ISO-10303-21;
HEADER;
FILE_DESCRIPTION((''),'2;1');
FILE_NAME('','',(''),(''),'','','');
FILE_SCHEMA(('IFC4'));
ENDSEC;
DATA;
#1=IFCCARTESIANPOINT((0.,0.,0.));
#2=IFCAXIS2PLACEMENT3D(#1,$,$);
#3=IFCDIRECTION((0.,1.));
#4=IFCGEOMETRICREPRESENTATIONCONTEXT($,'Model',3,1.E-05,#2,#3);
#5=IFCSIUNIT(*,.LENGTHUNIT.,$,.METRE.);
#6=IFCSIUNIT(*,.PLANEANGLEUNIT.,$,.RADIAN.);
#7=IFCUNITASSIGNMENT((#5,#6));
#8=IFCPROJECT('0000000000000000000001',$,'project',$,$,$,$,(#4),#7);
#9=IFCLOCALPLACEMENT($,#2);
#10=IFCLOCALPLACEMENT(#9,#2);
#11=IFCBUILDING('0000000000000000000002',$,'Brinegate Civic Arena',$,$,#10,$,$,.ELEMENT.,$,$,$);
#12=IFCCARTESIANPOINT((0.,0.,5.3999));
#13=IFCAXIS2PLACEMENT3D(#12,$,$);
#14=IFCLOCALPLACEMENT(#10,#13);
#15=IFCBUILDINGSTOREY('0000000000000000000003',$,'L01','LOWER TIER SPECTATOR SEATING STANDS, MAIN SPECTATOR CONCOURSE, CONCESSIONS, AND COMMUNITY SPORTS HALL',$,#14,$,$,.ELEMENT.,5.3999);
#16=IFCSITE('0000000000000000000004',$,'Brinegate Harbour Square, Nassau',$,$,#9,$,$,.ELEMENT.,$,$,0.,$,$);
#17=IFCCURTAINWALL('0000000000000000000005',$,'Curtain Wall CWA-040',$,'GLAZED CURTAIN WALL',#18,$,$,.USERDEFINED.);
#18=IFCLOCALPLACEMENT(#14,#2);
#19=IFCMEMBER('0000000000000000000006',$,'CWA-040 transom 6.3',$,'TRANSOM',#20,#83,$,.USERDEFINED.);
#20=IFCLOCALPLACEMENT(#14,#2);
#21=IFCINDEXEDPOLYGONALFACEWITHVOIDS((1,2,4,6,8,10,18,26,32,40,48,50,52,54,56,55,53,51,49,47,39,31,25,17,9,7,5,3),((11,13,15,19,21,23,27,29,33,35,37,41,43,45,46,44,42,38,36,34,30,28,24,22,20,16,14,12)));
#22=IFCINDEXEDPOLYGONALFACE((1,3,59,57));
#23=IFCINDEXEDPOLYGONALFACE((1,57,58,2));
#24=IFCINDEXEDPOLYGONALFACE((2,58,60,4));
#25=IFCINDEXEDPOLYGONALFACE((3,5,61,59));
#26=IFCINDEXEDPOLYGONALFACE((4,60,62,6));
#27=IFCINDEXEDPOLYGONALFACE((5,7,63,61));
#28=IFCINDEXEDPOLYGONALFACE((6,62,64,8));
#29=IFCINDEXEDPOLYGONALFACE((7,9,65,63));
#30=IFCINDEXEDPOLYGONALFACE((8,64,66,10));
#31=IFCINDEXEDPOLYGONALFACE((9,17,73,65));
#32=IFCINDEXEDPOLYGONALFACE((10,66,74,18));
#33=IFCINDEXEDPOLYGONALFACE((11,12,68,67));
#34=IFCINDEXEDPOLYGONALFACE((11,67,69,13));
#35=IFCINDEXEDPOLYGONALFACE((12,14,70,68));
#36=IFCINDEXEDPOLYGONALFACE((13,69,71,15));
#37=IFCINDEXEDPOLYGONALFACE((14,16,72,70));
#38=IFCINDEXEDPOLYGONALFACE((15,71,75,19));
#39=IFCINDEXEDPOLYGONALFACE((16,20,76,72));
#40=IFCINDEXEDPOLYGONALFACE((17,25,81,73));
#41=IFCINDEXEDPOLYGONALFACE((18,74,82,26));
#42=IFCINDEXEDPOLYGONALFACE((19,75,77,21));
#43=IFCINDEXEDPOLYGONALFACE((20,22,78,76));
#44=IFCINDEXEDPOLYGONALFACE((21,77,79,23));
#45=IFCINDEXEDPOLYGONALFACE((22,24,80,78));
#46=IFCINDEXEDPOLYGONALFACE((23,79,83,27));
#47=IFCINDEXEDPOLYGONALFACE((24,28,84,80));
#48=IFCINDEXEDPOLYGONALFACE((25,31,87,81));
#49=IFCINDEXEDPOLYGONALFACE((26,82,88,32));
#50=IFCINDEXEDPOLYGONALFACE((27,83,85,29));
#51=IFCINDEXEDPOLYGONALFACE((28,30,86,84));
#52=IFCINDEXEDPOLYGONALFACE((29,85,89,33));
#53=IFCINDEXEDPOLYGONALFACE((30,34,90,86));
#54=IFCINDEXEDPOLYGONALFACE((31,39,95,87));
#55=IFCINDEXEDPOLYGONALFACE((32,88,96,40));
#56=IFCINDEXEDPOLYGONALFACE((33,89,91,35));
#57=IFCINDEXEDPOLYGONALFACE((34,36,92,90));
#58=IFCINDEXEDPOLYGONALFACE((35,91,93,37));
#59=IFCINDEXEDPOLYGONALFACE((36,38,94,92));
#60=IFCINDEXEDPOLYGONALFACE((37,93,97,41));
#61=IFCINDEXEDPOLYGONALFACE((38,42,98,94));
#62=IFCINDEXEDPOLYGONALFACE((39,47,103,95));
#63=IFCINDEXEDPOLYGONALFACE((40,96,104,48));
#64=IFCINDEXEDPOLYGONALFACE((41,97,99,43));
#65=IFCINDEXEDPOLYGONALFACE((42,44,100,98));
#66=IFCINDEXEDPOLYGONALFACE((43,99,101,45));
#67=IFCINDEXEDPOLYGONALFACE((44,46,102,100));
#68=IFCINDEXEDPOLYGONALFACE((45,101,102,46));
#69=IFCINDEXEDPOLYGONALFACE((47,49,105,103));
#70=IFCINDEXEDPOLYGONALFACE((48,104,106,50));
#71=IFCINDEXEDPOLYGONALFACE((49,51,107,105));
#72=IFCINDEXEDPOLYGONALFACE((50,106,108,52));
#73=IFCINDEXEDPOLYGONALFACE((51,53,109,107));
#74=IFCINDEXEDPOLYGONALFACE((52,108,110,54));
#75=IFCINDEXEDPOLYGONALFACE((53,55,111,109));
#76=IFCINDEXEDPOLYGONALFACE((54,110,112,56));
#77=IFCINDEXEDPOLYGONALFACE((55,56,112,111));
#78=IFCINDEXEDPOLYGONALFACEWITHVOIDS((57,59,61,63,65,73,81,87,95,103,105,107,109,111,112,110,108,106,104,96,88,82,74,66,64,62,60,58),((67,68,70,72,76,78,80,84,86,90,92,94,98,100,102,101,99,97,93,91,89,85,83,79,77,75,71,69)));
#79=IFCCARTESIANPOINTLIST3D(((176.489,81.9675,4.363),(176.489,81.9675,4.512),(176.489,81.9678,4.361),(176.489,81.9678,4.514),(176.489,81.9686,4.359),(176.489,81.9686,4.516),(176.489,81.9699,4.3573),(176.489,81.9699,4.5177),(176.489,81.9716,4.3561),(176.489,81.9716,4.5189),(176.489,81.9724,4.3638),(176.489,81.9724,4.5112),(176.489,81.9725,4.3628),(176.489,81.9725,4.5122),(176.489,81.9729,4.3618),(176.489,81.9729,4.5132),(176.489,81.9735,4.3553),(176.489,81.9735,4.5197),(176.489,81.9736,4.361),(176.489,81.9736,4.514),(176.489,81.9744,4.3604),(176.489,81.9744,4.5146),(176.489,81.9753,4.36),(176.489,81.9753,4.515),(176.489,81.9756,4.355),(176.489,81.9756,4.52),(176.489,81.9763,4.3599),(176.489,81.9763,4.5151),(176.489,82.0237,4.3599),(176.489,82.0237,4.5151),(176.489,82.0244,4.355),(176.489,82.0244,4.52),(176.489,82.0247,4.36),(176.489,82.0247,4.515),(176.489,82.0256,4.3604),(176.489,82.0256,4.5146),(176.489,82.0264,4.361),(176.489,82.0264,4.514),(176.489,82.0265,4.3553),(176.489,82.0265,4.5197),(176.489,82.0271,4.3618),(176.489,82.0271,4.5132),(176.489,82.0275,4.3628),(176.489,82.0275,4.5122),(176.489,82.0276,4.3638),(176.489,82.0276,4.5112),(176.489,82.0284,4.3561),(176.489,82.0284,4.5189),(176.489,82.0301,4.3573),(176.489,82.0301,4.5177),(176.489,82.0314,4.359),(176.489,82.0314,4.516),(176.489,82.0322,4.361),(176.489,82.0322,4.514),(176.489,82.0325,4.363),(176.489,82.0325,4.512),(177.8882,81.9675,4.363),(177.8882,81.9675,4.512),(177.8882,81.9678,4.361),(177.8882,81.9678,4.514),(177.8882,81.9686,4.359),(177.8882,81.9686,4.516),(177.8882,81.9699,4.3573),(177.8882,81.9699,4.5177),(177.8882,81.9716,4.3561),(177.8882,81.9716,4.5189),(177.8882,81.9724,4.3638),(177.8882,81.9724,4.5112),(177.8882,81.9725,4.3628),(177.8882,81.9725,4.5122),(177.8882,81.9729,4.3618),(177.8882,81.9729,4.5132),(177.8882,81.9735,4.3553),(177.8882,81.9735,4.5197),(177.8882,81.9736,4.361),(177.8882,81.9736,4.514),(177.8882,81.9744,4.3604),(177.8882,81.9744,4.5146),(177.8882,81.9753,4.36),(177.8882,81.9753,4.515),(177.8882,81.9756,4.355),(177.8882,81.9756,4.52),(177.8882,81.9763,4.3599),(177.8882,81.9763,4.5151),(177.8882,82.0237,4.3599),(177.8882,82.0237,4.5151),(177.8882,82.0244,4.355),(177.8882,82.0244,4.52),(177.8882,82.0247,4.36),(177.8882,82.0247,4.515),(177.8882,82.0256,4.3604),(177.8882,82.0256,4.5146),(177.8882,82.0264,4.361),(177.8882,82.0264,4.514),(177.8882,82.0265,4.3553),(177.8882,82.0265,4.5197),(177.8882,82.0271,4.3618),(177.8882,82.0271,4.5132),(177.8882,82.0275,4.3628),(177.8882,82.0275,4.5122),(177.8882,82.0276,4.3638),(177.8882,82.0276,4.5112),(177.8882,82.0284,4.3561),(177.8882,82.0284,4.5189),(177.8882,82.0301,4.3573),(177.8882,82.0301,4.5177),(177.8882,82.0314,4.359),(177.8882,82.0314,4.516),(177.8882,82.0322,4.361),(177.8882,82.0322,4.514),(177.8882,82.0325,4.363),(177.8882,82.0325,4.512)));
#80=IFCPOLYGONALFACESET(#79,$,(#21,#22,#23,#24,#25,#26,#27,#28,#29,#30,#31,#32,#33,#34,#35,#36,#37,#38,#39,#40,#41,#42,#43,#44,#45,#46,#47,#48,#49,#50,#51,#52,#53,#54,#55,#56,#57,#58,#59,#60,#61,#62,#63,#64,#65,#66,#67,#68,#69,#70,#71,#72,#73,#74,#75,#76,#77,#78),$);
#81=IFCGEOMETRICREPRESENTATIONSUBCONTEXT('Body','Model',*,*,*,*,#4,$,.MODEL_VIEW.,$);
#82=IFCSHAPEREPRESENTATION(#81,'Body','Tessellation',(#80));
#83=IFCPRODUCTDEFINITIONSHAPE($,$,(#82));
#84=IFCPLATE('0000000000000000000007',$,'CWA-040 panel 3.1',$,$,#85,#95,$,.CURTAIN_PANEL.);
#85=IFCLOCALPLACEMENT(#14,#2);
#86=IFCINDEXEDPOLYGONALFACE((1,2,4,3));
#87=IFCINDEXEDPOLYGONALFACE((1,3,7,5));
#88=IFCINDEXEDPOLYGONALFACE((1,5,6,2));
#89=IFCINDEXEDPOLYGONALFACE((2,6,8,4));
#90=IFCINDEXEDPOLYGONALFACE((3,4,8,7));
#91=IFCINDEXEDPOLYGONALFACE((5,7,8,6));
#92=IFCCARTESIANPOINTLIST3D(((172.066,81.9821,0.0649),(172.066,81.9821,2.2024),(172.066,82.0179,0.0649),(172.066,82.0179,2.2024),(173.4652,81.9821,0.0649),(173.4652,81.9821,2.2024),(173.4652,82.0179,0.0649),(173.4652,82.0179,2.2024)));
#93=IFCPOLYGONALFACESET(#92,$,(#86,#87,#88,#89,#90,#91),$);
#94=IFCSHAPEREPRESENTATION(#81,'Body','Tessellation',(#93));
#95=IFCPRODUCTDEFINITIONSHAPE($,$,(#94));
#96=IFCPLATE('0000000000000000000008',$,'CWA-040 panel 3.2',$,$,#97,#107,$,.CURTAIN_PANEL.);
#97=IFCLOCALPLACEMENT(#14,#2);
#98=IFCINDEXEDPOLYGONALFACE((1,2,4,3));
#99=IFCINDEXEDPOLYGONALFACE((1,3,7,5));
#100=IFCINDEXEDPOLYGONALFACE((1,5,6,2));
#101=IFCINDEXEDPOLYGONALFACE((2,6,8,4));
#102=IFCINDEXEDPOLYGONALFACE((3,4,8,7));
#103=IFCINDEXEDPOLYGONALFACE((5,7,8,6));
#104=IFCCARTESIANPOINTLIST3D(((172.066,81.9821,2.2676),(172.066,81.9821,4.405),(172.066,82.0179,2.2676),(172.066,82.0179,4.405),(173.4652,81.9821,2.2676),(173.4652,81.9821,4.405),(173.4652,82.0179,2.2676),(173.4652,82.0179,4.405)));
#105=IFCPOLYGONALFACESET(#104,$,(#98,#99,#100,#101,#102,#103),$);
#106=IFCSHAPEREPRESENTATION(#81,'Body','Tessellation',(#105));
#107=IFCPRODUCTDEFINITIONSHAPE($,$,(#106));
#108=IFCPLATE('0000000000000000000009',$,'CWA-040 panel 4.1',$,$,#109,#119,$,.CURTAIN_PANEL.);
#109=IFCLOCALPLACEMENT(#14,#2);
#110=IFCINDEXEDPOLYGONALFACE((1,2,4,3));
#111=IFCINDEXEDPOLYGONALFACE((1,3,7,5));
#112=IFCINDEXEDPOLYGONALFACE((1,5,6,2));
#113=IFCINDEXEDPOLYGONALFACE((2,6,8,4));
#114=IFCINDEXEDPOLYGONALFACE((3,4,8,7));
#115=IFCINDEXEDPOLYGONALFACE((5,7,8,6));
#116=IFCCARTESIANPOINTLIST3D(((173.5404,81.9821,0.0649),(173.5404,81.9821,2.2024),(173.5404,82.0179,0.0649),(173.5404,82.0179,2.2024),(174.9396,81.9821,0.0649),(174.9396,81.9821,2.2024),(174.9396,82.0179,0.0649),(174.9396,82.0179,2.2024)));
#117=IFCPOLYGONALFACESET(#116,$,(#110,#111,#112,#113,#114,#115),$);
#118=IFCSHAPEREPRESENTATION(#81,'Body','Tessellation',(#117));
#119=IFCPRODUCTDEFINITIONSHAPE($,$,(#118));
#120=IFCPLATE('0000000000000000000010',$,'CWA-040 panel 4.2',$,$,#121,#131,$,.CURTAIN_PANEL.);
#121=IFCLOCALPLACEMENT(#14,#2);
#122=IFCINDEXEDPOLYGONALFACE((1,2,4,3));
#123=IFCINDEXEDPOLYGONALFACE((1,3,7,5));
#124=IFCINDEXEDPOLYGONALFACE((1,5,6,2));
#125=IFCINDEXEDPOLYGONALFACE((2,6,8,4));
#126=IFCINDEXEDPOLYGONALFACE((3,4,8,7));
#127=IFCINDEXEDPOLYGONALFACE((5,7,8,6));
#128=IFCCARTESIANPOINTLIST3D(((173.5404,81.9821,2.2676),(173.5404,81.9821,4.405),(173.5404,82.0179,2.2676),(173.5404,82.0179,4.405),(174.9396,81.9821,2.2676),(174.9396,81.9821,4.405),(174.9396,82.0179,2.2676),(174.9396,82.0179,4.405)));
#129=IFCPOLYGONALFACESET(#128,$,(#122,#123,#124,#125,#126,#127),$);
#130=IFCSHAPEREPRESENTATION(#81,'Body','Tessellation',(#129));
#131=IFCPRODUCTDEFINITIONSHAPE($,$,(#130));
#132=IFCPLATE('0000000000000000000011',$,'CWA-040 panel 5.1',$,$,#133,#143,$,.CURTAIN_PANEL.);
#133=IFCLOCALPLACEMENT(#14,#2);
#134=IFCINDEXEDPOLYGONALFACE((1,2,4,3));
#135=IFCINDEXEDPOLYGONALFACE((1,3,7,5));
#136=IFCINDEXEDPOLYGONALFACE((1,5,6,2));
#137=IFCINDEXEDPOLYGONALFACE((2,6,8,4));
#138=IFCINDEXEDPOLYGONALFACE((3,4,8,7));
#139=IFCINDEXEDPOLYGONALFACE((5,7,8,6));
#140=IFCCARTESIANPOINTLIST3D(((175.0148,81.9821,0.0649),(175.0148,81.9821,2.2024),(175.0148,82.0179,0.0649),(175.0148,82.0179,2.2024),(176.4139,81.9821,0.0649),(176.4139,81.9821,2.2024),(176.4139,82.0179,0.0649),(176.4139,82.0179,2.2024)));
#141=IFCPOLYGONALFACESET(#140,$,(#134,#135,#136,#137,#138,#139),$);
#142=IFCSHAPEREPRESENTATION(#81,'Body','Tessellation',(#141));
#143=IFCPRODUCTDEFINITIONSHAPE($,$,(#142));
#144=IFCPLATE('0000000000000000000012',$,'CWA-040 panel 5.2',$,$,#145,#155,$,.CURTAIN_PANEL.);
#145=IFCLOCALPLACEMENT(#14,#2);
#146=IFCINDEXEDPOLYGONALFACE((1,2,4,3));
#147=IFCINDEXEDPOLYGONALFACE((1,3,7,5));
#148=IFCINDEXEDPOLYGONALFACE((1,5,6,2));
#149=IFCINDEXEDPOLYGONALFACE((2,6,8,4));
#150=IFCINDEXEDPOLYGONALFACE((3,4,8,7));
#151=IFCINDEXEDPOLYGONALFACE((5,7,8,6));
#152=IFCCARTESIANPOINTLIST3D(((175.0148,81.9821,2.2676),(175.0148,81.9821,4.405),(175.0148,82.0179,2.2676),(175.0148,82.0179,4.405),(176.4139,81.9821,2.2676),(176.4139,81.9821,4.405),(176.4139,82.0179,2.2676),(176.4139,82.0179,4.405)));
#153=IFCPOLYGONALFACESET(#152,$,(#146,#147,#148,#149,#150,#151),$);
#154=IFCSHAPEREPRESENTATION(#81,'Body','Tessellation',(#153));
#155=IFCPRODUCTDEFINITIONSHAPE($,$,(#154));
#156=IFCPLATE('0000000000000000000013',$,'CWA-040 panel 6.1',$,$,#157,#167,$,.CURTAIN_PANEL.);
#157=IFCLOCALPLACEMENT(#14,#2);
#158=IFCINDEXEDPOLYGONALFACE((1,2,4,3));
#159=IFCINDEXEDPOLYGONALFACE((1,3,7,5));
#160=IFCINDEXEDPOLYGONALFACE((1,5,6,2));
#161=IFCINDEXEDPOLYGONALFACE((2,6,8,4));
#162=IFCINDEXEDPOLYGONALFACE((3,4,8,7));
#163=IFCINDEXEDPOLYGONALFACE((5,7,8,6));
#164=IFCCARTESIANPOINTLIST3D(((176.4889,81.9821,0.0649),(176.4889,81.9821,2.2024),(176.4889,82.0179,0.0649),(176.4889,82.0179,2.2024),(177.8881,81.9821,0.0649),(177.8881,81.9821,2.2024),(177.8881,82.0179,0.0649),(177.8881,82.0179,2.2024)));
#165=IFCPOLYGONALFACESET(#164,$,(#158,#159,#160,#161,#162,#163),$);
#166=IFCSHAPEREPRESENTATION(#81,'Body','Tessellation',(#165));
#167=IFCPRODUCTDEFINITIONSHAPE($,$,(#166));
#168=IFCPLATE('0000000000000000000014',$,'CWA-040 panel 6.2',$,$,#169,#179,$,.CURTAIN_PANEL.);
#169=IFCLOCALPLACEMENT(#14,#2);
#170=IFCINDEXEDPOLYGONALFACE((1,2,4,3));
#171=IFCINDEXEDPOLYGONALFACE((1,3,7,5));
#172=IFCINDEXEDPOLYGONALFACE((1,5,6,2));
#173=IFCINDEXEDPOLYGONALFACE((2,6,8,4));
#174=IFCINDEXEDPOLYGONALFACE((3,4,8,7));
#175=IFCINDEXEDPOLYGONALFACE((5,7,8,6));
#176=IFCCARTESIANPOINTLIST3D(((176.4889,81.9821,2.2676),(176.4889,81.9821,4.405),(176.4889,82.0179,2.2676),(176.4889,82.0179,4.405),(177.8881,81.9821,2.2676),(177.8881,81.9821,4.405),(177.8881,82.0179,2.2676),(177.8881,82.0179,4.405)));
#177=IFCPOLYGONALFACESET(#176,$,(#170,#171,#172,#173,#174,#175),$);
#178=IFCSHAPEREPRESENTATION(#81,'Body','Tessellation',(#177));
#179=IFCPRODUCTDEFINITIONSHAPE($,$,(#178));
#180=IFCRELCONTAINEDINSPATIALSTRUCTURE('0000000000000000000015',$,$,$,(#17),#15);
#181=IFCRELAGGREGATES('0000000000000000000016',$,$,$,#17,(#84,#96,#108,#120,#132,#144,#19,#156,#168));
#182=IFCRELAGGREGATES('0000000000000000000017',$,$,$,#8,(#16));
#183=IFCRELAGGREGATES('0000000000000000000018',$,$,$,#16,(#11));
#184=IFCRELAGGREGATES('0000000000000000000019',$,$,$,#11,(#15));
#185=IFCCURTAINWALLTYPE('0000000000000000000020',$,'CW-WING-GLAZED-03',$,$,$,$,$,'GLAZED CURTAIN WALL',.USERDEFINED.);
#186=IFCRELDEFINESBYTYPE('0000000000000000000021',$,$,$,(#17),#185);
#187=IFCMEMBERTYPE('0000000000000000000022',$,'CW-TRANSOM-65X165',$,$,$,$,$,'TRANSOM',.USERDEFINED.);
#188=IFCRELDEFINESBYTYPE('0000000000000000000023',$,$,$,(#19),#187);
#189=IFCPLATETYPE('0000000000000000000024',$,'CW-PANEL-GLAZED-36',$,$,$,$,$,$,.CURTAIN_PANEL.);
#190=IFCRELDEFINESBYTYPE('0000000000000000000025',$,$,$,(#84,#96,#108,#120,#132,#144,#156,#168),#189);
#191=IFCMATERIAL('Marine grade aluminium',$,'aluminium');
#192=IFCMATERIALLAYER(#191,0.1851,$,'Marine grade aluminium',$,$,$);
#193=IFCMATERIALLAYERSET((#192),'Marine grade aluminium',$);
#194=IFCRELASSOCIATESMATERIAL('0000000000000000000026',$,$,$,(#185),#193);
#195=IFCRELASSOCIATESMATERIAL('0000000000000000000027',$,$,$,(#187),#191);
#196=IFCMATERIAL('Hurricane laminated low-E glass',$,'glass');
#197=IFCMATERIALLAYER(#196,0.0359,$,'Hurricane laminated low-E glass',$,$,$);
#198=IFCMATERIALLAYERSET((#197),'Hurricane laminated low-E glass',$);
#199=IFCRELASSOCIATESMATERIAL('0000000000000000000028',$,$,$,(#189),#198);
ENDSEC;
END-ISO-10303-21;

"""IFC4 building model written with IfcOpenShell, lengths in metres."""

from ifc_helpers import new_model, si_unit, direction, frame, origin, origin_2d, place, context, subcontext, project, spatial, rectangle, hollow_rectangle, extrude, material, layer, layer_set, material_profile, profile_set, type_object, element, aggregate, save


model = new_model("IFC4")

# Units and contexts
model_context = context("Model", 3, precision=1e-05, world=origin(), true_north=direction((0.0, 1.0)))
body_context = subcontext(model_context, "Body", "Model", "MODEL_VIEW")
ifc_project = project(units=[si_unit("LENGTHUNIT", "METRE"), si_unit("PLANEANGLEUNIT", "RADIAN")], contexts=[model_context])

# Site, building, storey
site_placement = place(None, origin())
site = spatial("IfcSite", under=ifc_project, at=site_placement, Name="Brinegate Harbour Square, Nassau", CompositionType="ELEMENT", RefElevation=0.0)
building_placement = place(site_placement, origin())
building = spatial("IfcBuilding", under=site, at=building_placement, Name="Brinegate Civic Arena", CompositionType="ELEMENT")
storey_placement = place(building_placement, frame((0.0, 0.0, 5.3999)))
storey = spatial("IfcBuildingStorey", under=building, at=storey_placement, Name="L01", Description="LOWER TIER SPECTATOR SEATING STANDS, MAIN SPECTATOR CONCOURSE, CONCESSIONS, AND COMMUNITY SPORTS HALL", CompositionType="ELEMENT", Elevation=5.3999)

# Curtain wall, member, plates
ifc_material_1 = material(Name="Marine grade aluminium", Category="aluminium")
ifc_layer_1 = layer(ifc_material_1, 0.1851, Name="Marine grade aluminium")
ifc_layer_set_1 = layer_set([ifc_layer_1], Name="Marine grade aluminium")
curtain_wall_type = type_object("IfcCurtainWallType", Name="CW-WING-GLAZED-03", ElementType="GLAZED CURTAIN WALL", PredefinedType="USERDEFINED", material=ifc_layer_set_1)
curtain_wall_placement = place(storey_placement, origin())
curtain_wall = element("IfcCurtainWall", 1, at=curtain_wall_placement, inside=storey, type_object=curtain_wall_type, Name="Curtain Wall CWA-040", ObjectType="GLAZED CURTAIN WALL", PredefinedType="USERDEFINED")
ifc_material_profile_1 = material_profile(ifc_material_1, hollow_rectangle(XDim=0.0649, YDim=0.165, WallThickness=0.0049, InnerFilletRadius=0.0039, OuterFilletRadius=0.0081, at=origin_2d()), Name="TRN65X165")
ifc_profile_set_1 = profile_set([ifc_material_profile_1], Name="Marine grade aluminium")
member_type_1 = type_object("IfcMemberType", Name="CW-TRANSOM-65X165", ElementType="TRANSOM", PredefinedType="USERDEFINED", material=ifc_profile_set_1)
member_1_placement = place(storey_placement, frame((176.489, 82.0, 4.4375), z_axis=(1.0, 0.0, 0.0), x_axis=(0.0, 1.0, 0.0)))
member_1 = element("IfcMember", 2, at=member_1_placement, type_object=member_type_1, Name="CWA-040 transom 6.3", ObjectType="TRANSOM", PredefinedType="USERDEFINED", context=body_context, shape_type="SweptSolid", body=[
    extrude(hollow_rectangle(XDim=0.0649, YDim=0.165, WallThickness=0.0049, InnerFilletRadius=0.0039, OuterFilletRadius=0.0081, at=origin_2d()), origin(), (0.0, 0.0, 1.0), 1.3992),
])
ifc_material_2 = material(Name="Hurricane laminated low-E glass", Category="glass")
ifc_layer_2 = layer(ifc_material_2, 0.0359, Name="Hurricane laminated low-E glass")
ifc_layer_set_2 = layer_set([ifc_layer_2], Name="Hurricane laminated low-E glass")
plate_type = type_object("IfcPlateType", Name="CW-PANEL-GLAZED-36", PredefinedType="CURTAIN_PANEL", material=ifc_layer_set_2)
plate_1_placement = place(storey_placement, frame((172.7656, 82.0, 0.0649), z_axis=(0.0, 0.0, 1.0), x_axis=(1.0, 0.0, 0.0)))
plate_1 = element("IfcPlate", 3, at=plate_1_placement, type_object=plate_type, Name="CWA-040 panel 3.1", PredefinedType="CURTAIN_PANEL", context=body_context, shape_type="SweptSolid", body=[
    extrude(rectangle(XDim=1.3992, YDim=0.0359, at=origin_2d()), origin(), (0.0, 0.0, 1.0), 2.1375),
])
plate_2_placement = place(storey_placement, frame((172.7656, 82.0, 2.2676), z_axis=(0.0, 0.0, 1.0), x_axis=(1.0, 0.0, 0.0)))
plate_2 = element("IfcPlate", 4, at=plate_2_placement, type_object=plate_type, Name="CWA-040 panel 3.2", PredefinedType="CURTAIN_PANEL", context=body_context, shape_type="SweptSolid", body=[
    extrude(rectangle(XDim=1.3992, YDim=0.0359, at=origin_2d()), origin(), (0.0, 0.0, 1.0), 2.1375),
])
plate_3_placement = place(storey_placement, frame((174.24, 82.0, 0.0649), z_axis=(0.0, 0.0, 1.0), x_axis=(1.0, 0.0, 0.0)))
plate_3 = element("IfcPlate", 5, at=plate_3_placement, type_object=plate_type, Name="CWA-040 panel 4.1", PredefinedType="CURTAIN_PANEL", context=body_context, shape_type="SweptSolid", body=[
    extrude(rectangle(XDim=1.3992, YDim=0.0359, at=origin_2d()), origin(), (0.0, 0.0, 1.0), 2.1375),
])
plate_4_placement = place(storey_placement, frame((174.24, 82.0, 2.2676), z_axis=(0.0, 0.0, 1.0), x_axis=(1.0, 0.0, 0.0)))
plate_4 = element("IfcPlate", 6, at=plate_4_placement, type_object=plate_type, Name="CWA-040 panel 4.2", PredefinedType="CURTAIN_PANEL", context=body_context, shape_type="SweptSolid", body=[
    extrude(rectangle(XDim=1.3992, YDim=0.0359, at=origin_2d()), origin(), (0.0, 0.0, 1.0), 2.1375),
])
plate_5_placement = place(storey_placement, frame((175.7144, 82.0, 0.0649), z_axis=(0.0, 0.0, 1.0), x_axis=(1.0, 0.0, 0.0)))
plate_5 = element("IfcPlate", 7, at=plate_5_placement, type_object=plate_type, Name="CWA-040 panel 5.1", PredefinedType="CURTAIN_PANEL", context=body_context, shape_type="SweptSolid", body=[
    extrude(rectangle(XDim=1.3992, YDim=0.0359, at=origin_2d()), origin(), (0.0, 0.0, 1.0), 2.1375),
])
plate_6_placement = place(storey_placement, frame((175.7144, 82.0, 2.2676), z_axis=(0.0, 0.0, 1.0), x_axis=(1.0, 0.0, 0.0)))
plate_6 = element("IfcPlate", 8, at=plate_6_placement, type_object=plate_type, Name="CWA-040 panel 5.2", PredefinedType="CURTAIN_PANEL", context=body_context, shape_type="SweptSolid", body=[
    extrude(rectangle(XDim=1.3992, YDim=0.0359, at=origin_2d()), origin(), (0.0, 0.0, 1.0), 2.1375),
])
plate_7_placement = place(storey_placement, frame((177.1885, 82.0, 0.0649), z_axis=(0.0, 0.0, 1.0), x_axis=(1.0, 0.0, 0.0)))
plate_7 = element("IfcPlate", 9, at=plate_7_placement, type_object=plate_type, Name="CWA-040 panel 6.1", PredefinedType="CURTAIN_PANEL", context=body_context, shape_type="SweptSolid", body=[
    extrude(rectangle(XDim=1.3992, YDim=0.0359, at=origin_2d()), origin(), (0.0, 0.0, 1.0), 2.1375),
])
plate_8_placement = place(storey_placement, frame((177.1885, 82.0, 2.2676), z_axis=(0.0, 0.0, 1.0), x_axis=(1.0, 0.0, 0.0)))
plate_8 = element("IfcPlate", 10, at=plate_8_placement, type_object=plate_type, Name="CWA-040 panel 6.2", PredefinedType="CURTAIN_PANEL", context=body_context, shape_type="SweptSolid", body=[
    extrude(rectangle(XDim=1.3992, YDim=0.0359, at=origin_2d()), origin(), (0.0, 0.0, 1.0), 2.1375),
])
aggregate(curtain_wall, [plate_1, plate_2, plate_3, plate_4, plate_5, plate_6, member_1, plate_7, plate_8])

save(model, "model.ifc")
